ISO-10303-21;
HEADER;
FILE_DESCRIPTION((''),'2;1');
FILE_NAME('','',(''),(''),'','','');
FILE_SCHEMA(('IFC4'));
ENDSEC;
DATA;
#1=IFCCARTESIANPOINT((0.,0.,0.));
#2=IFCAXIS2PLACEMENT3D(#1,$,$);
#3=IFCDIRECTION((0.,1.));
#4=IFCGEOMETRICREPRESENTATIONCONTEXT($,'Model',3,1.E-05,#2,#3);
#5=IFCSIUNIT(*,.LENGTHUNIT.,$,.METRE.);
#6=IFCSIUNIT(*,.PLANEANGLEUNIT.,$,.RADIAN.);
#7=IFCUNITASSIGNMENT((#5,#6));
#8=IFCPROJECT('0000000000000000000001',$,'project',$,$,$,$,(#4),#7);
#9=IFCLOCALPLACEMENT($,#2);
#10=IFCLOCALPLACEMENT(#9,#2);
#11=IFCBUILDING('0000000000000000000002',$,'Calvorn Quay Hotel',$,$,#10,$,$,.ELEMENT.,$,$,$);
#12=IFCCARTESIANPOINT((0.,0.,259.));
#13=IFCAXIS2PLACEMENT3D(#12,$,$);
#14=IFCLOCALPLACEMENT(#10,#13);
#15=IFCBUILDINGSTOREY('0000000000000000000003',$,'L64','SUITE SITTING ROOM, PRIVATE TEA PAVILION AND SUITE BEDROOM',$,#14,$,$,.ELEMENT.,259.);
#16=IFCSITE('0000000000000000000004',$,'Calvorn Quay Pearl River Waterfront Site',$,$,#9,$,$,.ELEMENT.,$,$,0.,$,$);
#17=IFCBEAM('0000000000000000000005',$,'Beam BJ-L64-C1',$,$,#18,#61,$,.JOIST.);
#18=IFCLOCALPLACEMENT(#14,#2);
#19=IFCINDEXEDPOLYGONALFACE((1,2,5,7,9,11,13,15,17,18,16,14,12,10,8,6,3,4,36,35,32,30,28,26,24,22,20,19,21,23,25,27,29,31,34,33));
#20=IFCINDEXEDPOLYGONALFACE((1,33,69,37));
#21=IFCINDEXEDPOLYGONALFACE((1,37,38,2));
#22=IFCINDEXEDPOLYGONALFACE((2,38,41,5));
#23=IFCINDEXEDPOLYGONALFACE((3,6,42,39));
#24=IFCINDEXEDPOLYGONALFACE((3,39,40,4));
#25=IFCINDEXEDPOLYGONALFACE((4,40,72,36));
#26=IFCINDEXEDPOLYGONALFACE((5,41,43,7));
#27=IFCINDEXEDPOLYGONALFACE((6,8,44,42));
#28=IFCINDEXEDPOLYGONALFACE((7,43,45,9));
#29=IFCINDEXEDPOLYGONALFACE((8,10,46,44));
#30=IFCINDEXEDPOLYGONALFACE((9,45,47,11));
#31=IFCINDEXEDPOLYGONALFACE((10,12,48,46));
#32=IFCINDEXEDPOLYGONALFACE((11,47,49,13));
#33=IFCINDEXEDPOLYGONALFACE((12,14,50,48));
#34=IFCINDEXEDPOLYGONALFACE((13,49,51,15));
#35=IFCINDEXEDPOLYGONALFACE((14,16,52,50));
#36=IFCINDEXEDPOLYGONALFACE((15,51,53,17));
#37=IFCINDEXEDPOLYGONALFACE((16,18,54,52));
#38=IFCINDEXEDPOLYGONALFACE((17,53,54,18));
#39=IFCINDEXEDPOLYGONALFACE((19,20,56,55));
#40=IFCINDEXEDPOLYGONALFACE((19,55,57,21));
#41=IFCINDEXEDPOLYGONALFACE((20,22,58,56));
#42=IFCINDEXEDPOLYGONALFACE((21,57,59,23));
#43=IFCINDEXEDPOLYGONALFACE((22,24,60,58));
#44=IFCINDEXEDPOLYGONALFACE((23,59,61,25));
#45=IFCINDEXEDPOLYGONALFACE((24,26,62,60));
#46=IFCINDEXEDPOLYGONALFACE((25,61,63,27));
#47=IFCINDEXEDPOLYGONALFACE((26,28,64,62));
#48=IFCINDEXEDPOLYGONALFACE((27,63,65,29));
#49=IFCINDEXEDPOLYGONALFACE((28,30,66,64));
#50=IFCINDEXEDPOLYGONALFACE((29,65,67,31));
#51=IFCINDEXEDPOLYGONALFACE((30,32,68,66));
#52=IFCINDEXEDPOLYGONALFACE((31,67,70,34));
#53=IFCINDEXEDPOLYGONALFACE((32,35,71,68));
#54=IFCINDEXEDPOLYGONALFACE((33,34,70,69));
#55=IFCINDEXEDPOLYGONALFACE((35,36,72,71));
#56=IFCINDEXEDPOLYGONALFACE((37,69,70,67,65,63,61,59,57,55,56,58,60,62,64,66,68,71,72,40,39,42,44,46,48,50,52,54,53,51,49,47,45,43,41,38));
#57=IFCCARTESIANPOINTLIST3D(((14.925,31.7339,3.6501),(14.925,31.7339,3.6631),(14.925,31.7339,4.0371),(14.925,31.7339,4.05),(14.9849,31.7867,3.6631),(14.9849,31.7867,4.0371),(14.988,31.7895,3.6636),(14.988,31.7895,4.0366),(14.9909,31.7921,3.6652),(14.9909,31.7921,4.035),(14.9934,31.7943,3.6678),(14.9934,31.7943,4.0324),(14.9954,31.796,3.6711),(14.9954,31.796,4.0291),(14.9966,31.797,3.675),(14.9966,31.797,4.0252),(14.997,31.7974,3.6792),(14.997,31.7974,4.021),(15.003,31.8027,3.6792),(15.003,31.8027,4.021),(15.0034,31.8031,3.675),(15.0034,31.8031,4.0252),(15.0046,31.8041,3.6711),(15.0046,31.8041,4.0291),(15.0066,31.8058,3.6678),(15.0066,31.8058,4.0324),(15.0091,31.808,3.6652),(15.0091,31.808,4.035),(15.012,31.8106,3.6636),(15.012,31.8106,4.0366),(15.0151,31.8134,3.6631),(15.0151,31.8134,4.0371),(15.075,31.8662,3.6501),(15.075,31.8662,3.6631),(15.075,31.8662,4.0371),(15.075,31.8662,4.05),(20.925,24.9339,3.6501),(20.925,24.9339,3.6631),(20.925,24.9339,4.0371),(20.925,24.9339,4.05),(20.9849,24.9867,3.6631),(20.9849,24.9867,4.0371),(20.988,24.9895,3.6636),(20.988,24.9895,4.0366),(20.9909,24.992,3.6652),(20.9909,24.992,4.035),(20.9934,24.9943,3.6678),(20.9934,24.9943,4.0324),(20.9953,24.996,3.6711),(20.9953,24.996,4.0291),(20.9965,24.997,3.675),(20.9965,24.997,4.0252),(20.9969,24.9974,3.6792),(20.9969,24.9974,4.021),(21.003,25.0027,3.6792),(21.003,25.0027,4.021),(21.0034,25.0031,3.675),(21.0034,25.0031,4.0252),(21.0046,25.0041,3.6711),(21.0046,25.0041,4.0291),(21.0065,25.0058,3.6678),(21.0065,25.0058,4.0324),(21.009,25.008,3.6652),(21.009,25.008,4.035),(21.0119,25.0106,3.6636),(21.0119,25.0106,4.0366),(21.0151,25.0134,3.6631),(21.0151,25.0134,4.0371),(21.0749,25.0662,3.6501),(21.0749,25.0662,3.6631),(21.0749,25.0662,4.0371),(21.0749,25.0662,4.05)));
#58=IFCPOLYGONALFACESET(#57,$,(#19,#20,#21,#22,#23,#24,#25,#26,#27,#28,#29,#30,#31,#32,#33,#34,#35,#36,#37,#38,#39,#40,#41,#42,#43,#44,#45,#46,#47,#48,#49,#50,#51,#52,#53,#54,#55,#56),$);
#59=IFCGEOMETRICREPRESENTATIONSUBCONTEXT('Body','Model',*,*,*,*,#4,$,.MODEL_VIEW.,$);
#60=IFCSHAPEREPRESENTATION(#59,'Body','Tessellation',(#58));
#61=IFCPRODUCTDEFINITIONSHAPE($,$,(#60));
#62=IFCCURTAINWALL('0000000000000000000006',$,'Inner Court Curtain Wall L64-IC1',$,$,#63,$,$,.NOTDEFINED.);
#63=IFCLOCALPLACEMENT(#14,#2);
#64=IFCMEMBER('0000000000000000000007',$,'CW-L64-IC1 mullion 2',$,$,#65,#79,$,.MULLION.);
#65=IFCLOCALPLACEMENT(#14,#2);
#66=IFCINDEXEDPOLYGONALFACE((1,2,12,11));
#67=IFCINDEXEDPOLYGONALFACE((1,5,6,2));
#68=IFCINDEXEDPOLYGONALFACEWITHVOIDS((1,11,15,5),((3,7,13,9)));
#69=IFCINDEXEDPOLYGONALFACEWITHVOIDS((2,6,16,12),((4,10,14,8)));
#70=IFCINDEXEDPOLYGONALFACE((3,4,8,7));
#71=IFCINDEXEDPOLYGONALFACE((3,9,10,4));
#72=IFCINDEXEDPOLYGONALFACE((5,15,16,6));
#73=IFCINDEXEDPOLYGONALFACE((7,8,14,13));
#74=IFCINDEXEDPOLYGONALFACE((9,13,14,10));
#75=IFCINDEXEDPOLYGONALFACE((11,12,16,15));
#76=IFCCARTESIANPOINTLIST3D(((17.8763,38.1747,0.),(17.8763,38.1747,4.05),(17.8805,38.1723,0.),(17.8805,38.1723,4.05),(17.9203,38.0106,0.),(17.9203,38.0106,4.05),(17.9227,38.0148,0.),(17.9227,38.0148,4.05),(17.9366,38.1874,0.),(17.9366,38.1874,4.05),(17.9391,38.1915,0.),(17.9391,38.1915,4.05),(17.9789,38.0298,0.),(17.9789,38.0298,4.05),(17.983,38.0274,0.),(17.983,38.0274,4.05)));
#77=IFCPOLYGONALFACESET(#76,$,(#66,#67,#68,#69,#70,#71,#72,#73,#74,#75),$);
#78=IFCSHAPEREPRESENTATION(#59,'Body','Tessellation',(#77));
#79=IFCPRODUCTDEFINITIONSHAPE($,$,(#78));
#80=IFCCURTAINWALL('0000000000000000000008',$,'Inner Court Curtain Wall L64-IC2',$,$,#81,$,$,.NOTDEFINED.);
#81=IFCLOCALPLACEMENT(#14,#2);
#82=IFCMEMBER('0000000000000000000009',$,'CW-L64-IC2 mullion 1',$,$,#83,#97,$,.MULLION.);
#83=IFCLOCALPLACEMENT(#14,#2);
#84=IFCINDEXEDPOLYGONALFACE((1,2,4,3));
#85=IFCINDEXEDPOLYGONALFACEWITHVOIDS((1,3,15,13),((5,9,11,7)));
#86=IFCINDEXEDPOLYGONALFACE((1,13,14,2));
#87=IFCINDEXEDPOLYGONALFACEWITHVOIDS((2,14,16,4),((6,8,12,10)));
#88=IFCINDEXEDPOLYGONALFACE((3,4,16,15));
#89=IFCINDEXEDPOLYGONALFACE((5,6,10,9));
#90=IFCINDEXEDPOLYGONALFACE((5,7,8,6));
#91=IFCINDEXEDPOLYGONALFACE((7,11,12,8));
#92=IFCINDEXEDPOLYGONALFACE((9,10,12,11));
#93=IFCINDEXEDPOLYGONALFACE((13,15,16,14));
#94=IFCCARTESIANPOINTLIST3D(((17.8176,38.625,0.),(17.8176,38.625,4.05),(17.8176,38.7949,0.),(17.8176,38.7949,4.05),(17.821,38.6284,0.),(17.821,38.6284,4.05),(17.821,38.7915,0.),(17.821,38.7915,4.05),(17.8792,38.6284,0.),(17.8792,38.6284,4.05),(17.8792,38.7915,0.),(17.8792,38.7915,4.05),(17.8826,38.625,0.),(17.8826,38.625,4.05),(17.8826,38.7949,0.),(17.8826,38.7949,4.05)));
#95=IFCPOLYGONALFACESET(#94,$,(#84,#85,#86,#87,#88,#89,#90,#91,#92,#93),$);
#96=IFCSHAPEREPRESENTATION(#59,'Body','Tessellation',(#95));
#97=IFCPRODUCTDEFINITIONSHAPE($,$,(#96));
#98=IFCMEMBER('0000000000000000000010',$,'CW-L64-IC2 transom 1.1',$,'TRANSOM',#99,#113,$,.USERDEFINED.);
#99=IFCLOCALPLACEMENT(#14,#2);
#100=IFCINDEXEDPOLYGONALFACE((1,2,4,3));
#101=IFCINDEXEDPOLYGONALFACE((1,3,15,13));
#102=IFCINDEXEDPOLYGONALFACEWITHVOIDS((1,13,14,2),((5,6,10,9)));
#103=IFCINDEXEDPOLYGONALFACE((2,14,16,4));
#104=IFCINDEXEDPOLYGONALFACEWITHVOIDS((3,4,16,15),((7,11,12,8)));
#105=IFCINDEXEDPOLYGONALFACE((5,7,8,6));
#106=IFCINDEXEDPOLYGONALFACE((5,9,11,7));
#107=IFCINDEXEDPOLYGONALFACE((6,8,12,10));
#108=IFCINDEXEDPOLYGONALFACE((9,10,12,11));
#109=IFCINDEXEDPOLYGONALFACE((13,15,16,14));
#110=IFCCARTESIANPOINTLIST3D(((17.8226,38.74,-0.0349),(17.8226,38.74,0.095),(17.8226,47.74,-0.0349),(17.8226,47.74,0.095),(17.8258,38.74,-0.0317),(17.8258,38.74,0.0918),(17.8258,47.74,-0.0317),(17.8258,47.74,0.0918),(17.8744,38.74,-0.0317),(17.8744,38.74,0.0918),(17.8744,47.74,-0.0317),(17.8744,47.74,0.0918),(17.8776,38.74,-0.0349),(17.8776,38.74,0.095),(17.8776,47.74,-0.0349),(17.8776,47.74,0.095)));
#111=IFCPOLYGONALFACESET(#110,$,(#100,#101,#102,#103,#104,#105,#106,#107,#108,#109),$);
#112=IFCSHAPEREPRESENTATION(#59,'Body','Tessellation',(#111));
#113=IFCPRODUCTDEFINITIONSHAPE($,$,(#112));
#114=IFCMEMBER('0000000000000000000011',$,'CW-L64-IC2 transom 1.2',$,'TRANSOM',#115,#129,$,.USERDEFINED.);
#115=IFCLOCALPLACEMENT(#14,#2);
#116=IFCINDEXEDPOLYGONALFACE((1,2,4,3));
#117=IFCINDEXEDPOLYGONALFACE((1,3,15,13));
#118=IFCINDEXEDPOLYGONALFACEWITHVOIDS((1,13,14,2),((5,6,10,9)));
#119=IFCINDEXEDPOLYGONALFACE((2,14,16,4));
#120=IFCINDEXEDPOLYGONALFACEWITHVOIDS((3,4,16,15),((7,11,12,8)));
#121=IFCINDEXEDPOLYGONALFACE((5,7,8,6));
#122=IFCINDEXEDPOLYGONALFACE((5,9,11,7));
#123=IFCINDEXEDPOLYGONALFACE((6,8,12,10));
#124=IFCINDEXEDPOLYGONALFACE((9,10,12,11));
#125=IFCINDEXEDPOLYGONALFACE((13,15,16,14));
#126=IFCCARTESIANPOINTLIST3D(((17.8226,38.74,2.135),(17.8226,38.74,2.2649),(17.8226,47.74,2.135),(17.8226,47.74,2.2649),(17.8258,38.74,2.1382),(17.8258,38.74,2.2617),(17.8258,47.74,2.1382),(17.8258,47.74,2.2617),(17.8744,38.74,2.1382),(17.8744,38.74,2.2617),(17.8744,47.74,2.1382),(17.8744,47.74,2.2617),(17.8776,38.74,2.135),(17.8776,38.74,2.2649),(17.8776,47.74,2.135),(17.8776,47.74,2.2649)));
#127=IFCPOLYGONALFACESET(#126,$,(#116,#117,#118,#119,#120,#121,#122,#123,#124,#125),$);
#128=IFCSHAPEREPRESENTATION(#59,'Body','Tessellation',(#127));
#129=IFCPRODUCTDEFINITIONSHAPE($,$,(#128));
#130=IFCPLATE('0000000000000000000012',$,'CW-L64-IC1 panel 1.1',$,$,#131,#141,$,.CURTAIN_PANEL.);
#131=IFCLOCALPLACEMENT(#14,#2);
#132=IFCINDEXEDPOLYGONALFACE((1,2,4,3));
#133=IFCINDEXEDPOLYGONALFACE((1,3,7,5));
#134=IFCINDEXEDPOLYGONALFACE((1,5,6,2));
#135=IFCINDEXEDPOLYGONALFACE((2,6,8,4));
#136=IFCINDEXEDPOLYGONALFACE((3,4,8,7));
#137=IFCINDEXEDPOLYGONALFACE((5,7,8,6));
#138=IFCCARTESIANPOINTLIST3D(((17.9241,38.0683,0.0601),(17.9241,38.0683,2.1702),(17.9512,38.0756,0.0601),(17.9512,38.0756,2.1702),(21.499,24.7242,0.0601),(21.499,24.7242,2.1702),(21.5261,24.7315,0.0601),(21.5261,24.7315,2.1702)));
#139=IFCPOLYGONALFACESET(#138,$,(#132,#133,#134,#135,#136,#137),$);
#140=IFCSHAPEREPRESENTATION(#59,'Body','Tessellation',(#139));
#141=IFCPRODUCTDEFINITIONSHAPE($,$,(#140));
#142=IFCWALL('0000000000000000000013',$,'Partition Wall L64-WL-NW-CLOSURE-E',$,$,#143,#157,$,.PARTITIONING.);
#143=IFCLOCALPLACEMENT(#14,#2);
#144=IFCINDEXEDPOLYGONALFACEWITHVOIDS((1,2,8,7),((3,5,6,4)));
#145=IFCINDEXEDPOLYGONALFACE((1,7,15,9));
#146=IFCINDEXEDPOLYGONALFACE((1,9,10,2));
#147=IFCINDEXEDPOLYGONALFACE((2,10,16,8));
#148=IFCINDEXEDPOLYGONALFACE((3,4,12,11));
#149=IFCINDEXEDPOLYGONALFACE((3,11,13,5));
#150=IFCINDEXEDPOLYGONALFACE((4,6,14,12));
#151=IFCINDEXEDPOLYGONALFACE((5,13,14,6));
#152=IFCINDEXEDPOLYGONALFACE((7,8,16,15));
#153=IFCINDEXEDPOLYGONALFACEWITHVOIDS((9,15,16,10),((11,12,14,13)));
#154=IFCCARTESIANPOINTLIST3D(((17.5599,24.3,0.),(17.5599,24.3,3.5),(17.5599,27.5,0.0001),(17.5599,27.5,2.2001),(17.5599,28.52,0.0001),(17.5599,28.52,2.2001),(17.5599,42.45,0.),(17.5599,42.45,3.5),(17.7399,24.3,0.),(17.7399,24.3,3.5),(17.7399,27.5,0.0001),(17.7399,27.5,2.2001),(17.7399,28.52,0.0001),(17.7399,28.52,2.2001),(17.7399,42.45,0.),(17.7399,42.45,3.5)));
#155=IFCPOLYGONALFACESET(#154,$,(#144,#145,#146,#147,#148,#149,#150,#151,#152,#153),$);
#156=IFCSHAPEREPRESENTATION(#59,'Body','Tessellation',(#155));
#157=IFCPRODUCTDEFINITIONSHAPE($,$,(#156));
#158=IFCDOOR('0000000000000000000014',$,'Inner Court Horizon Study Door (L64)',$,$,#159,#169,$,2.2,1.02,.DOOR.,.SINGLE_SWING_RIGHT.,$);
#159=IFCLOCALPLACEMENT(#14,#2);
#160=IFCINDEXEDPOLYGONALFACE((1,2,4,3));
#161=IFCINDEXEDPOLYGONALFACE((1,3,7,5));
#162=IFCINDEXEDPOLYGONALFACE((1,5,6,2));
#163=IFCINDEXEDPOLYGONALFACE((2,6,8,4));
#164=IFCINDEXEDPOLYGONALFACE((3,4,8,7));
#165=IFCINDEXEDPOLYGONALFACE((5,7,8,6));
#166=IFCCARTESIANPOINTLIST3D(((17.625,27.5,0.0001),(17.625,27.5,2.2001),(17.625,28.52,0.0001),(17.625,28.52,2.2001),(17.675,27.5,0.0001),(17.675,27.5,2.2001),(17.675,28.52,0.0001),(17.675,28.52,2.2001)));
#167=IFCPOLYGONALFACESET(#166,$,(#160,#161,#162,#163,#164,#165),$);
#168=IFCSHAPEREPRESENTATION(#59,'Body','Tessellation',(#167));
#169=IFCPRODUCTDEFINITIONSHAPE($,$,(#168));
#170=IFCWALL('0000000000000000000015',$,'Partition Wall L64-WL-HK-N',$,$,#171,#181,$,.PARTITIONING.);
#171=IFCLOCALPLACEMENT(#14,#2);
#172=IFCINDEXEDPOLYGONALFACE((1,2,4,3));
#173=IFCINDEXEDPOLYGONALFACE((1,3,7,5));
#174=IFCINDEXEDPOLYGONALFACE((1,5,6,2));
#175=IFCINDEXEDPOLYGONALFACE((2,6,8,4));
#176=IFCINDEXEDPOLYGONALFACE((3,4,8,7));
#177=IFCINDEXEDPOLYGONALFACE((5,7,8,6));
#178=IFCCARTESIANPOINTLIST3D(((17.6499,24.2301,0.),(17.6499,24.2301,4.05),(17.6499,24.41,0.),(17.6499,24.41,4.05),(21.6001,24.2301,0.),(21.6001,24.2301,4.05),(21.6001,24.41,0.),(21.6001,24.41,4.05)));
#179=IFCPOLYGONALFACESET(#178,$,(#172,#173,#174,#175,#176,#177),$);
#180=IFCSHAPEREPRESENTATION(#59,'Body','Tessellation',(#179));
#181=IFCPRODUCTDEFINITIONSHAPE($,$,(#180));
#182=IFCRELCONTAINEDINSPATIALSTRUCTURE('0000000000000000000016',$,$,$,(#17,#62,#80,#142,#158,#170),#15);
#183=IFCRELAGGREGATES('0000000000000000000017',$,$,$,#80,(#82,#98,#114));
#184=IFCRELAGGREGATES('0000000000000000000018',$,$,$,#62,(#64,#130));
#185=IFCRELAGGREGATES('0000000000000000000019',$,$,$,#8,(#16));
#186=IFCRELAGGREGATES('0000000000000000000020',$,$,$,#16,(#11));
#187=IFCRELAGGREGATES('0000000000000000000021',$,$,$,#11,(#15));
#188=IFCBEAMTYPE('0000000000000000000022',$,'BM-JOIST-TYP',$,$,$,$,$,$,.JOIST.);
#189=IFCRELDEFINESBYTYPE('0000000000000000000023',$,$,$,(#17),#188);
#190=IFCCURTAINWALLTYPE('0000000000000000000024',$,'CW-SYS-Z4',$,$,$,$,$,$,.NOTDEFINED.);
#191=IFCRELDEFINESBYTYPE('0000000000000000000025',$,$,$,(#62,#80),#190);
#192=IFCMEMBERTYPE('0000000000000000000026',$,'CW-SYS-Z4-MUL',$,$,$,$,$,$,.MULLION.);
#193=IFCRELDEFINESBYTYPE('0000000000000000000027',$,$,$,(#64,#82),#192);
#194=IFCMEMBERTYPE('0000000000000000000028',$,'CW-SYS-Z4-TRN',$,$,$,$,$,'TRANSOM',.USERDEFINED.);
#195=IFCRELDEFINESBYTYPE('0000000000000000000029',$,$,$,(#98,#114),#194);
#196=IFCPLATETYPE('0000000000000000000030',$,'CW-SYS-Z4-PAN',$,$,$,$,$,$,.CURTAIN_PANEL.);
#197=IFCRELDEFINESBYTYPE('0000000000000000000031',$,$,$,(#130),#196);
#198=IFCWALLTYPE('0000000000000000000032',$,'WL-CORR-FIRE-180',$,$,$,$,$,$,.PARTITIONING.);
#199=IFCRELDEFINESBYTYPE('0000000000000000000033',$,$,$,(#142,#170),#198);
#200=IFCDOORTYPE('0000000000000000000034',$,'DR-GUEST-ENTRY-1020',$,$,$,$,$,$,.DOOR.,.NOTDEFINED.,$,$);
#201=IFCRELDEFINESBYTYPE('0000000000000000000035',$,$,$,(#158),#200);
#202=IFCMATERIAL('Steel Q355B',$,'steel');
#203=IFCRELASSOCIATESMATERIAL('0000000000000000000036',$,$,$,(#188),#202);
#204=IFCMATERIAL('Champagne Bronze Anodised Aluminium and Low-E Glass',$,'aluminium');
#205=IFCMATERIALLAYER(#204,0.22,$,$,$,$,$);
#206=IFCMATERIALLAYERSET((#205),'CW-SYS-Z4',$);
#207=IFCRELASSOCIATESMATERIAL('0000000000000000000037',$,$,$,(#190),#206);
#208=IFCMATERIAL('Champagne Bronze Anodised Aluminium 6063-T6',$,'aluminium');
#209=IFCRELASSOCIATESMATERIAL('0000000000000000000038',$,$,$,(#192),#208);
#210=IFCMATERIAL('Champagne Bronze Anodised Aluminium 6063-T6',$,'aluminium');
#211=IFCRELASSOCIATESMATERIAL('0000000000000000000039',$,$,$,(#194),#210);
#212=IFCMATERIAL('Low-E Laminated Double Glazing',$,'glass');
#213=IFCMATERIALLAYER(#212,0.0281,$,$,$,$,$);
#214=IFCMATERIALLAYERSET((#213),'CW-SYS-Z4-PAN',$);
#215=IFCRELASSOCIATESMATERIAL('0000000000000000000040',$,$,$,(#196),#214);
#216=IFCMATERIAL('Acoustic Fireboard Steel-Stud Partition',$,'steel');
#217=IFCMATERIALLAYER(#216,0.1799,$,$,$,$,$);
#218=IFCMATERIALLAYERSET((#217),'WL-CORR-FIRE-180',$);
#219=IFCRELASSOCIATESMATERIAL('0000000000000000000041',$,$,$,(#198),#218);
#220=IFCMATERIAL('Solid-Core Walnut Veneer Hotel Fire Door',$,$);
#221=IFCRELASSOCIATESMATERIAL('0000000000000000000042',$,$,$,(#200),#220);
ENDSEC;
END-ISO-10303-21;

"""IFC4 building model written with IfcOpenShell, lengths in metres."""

from ifc_helpers import new_model, si_unit, direction, frame, frame_2d, origin, origin_2d, place, context, subcontext, project, spatial, rectangle, hollow_rectangle, i_section, extrude, material, layer, layer_set, material_profile, profile_set, type_object, element, fill, aggregate, save


model = new_model("IFC4")

# Units and contexts
model_context = context("Model", 3, precision=1e-05, world=origin(), true_north=direction((0.0, 1.0)))
body_context = subcontext(model_context, "Body", "Model", "MODEL_VIEW")
ifc_project = project(units=[si_unit("LENGTHUNIT", "METRE"), si_unit("PLANEANGLEUNIT", "RADIAN")], contexts=[model_context])

# Site, building, storey
site_placement = place(None, origin())
site = spatial("IfcSite", under=ifc_project, at=site_placement, Name="Calvorn Quay Pearl River Waterfront Site", CompositionType="ELEMENT", RefElevation=0.0)
building_placement = place(site_placement, origin())
building = spatial("IfcBuilding", under=site, at=building_placement, Name="Calvorn Quay Hotel", CompositionType="ELEMENT")
storey_placement = place(building_placement, frame((0.0, 0.0, 259.0)))
storey = spatial("IfcBuildingStorey", under=building, at=storey_placement, Name="L64", Description="SUITE SITTING ROOM, PRIVATE TEA PAVILION AND SUITE BEDROOM", CompositionType="ELEMENT", Elevation=259.0)

# Beam
ifc_material_1 = material(Name="Steel Q355B", Category="steel")
ifc_material_profile_1 = material_profile(ifc_material_1, i_section(OverallWidth=0.2, OverallDepth=0.3999, WebThickness=0.0081, FlangeThickness=0.0129, FilletRadius=0.0161, at=origin_2d()), Name="HN400x200x8x13")
ifc_profile_set_1 = profile_set([ifc_material_profile_1], Name="Steel Q355B")
beam_type = type_object("IfcBeamType", Name="BM-JOIST-TYP", PredefinedType="JOIST", material=ifc_profile_set_1)
beam_placement = place(storey_placement, frame((15.0, 31.8, 3.8501), z_axis=(0.661619, -0.74984, 0.0), x_axis=(0.74984, 0.661619, 0.0)))
element("IfcBeam", 1, at=beam_placement, inside=storey, type_object=beam_type, Name="Beam BJ-L64-C1", PredefinedType="JOIST", context=body_context, shape_type="SweptSolid", body=[
    extrude(i_section(OverallWidth=0.2, OverallDepth=0.3999, WebThickness=0.0081, FlangeThickness=0.0129, FilletRadius=0.0161, at=origin_2d()), origin(), (0.0, 0.0, 1.0), 9.0686),
])

# Curtain wall, member
ifc_material_2 = material(Name="Champagne Bronze Anodised Aluminium and Low-E Glass", Category="aluminium")
ifc_layer_1 = layer(ifc_material_2, 0.22)
ifc_layer_set_1 = layer_set([ifc_layer_1], Name="CW-SYS-Z4")
curtain_wall_type = type_object("IfcCurtainWallType", Name="CW-SYS-Z4", PredefinedType="NOTDEFINED", material=ifc_layer_set_1)
curtain_wall_1_placement = place(storey_placement, origin())
curtain_wall_1 = element("IfcCurtainWall", 2, at=curtain_wall_1_placement, inside=storey, type_object=curtain_wall_type, Name="Inner Court Curtain Wall L64-IC1", PredefinedType="NOTDEFINED")
ifc_material_3 = material(Name="Champagne Bronze Anodised Aluminium 6063-T6", Category="aluminium")
ifc_material_profile_2 = material_profile(ifc_material_3, hollow_rectangle(XDim=0.0649, YDim=0.1699, WallThickness=0.0034, at=origin_2d()), Name="ALU-M170x65x3.5")
ifc_profile_set_2 = profile_set([ifc_material_profile_2], Name="Champagne Bronze Anodised Aluminium 6063-T6")
member_type_1 = type_object("IfcMemberType", Name="CW-SYS-Z4-MUL", PredefinedType="MULLION", material=ifc_profile_set_2)
member_1_placement = place(storey_placement, frame((17.9297, 38.1011, 0.0), z_axis=(0.0, 0.0, 1.0), x_axis=(-0.965937, -0.258779, 0.0)))
member_1 = element("IfcMember", 3, at=member_1_placement, type_object=member_type_1, Name="CW-L64-IC1 mullion 2", PredefinedType="MULLION", context=body_context, shape_type="SweptSolid", body=[
    extrude(hollow_rectangle(XDim=0.0649, YDim=0.1699, WallThickness=0.0034, at=origin_2d()), origin(), (0.0, 0.0, 1.0), 4.05),
])

# Curtain wall, members
curtain_wall_2_placement = place(storey_placement, origin())
curtain_wall_2 = element("IfcCurtainWall", 4, at=curtain_wall_2_placement, inside=storey, type_object=curtain_wall_type, Name="Inner Court Curtain Wall L64-IC2", PredefinedType="NOTDEFINED")
member_2_placement = place(storey_placement, frame((17.8501, 38.71, 0.0), z_axis=(0.0, 0.0, 1.0), x_axis=(-1.0, 0.0, 0.0)))
member_2 = element("IfcMember", 5, at=member_2_placement, type_object=member_type_1, Name="CW-L64-IC2 mullion 1", PredefinedType="MULLION", context=body_context, shape_type="SweptSolid", body=[
    extrude(hollow_rectangle(XDim=0.0649, YDim=0.1699, WallThickness=0.0034, at=origin_2d()), origin(), (0.0, 0.0, 1.0), 4.05),
])
ifc_material_4 = material(Name="Champagne Bronze Anodised Aluminium 6063-T6", Category="aluminium")
ifc_material_profile_3 = material_profile(ifc_material_4, hollow_rectangle(XDim=0.0549, YDim=0.1299, WallThickness=0.0032, at=origin_2d()), Name="ALU-T130x55x3.2")
ifc_profile_set_3 = profile_set([ifc_material_profile_3], Name="Champagne Bronze Anodised Aluminium 6063-T6")
member_type_2 = type_object("IfcMemberType", Name="CW-SYS-Z4-TRN", ElementType="TRANSOM", PredefinedType="USERDEFINED", material=ifc_profile_set_3)
member_3_placement = place(storey_placement, frame((17.8501, 38.74, 0.03), z_axis=(0.0, 1.0, 0.0), x_axis=(-1.0, 0.0, 0.0)))
member_3 = element("IfcMember", 6, at=member_3_placement, type_object=member_type_2, Name="CW-L64-IC2 transom 1.1", ObjectType="TRANSOM", PredefinedType="USERDEFINED", context=body_context, shape_type="SweptSolid", body=[
    extrude(hollow_rectangle(XDim=0.0549, YDim=0.1299, WallThickness=0.0032, at=origin_2d()), origin(), (0.0, 0.0, 1.0), 9.0),
])
member_4_placement = place(storey_placement, frame((17.8501, 38.74, 2.2), z_axis=(0.0, 1.0, 0.0), x_axis=(-1.0, 0.0, 0.0)))
member_4 = element("IfcMember", 7, at=member_4_placement, type_object=member_type_2, Name="CW-L64-IC2 transom 1.2", ObjectType="TRANSOM", PredefinedType="USERDEFINED", context=body_context, shape_type="SweptSolid", body=[
    extrude(hollow_rectangle(XDim=0.0549, YDim=0.1299, WallThickness=0.0032, at=origin_2d()), origin(), (0.0, 0.0, 1.0), 9.0),
])
aggregate(curtain_wall_2, [member_2, member_3, member_4])

# Plate
ifc_material_5 = material(Name="Low-E Laminated Double Glazing", Category="glass")
ifc_layer_2 = layer(ifc_material_5, 0.0281)
ifc_layer_set_2 = layer_set([ifc_layer_2], Name="CW-SYS-Z4-PAN")
plate_type = type_object("IfcPlateType", Name="CW-SYS-Z4-PAN", PredefinedType="CURTAIN_PANEL", material=ifc_layer_set_2)
plate_placement = place(storey_placement, frame((19.7251, 31.3999, 0.0601), z_axis=(0.0, 0.0, 1.0), x_axis=(-0.258779, 0.965937, 0.0)))
plate = element("IfcPlate", 8, at=plate_placement, type_object=plate_type, Name="CW-L64-IC1 panel 1.1", PredefinedType="CURTAIN_PANEL", context=body_context, shape_type="SweptSolid", body=[
    extrude(rectangle(XDim=13.8147, YDim=0.0281, at=origin_2d()), origin(), (0.0, 0.0, 1.0), 2.1101),
])
aggregate(curtain_wall_1, [member_1, plate])

# Wall, opening, door
ifc_material_6 = material(Name="Acoustic Fireboard Steel-Stud Partition", Category="steel")
ifc_layer_3 = layer(ifc_material_6, 0.1799)
ifc_layer_set_3 = layer_set([ifc_layer_3], Name="WL-CORR-FIRE-180")
wall_type_1 = type_object("IfcWallType", Name="WL-CORR-FIRE-180", PredefinedType="PARTITIONING", material=ifc_layer_set_3)
wall_1_placement = place(storey_placement, frame((17.6499, 24.3, 0.0), z_axis=(0.0, 0.0, 1.0), x_axis=(0.0, 1.0, 0.0)))
wall_1 = element("IfcWall", 9, at=wall_1_placement, inside=storey, type_object=wall_type_1, Name="Partition Wall L64-WL-NW-CLOSURE-E", PredefinedType="PARTITIONING", context=body_context, shape_type="SweptSolid", body=[
    extrude(rectangle(XDim=18.1499, YDim=0.1799, at=frame_2d((9.075, 0.0))), origin(), (0.0, 0.0, 1.0), 3.5),
])
opening_1_placement = place(wall_1_placement, frame((3.2, 0.0, 0.0)))
opening_1 = element("IfcOpeningElement", 10, at=opening_1_placement, cuts=wall_1, PredefinedType="OPENING", context=body_context, shape_type="SweptSolid", body=[
    extrude(rectangle(XDim=1.02, YDim=2.2, at=frame_2d((0.51, 1.1001))), frame((0.0, 0.0999, 0.0), z_axis=(0.0, -1.0, 0.0), x_axis=(1.0, 0.0, 0.0)), (0.0, 0.0, 1.0), 0.2),
])
ifc_material_7 = material(Name="Solid-Core Walnut Veneer Hotel Fire Door")
door_type_1 = type_object("IfcDoorType", Name="DR-GUEST-ENTRY-1020", OperationType="NOTDEFINED", PredefinedType="DOOR", material=ifc_material_7)
door_1_placement = place(opening_1_placement, origin())
door_1 = element("IfcDoor", 11, at=door_1_placement, inside=storey, type_object=door_type_1, Name="Inner Court Horizon Study Door (L64)", OperationType="SINGLE_SWING_RIGHT", OverallHeight=2.2, OverallWidth=1.02, PredefinedType="DOOR", context=body_context, shape_type="SweptSolid", body=[
    extrude(rectangle(XDim=1.02, YDim=2.2, at=frame_2d((0.51, 1.1001))), frame((0.0, 0.0249, 0.0), z_axis=(0.0, -1.0, 0.0), x_axis=(1.0, 0.0, 0.0)), (0.0, 0.0, 1.0), 0.05),
])
fill(opening_1, door_1)

# Wall
wall_2_placement = place(storey_placement, frame((17.6499, 24.3201, 0.0), z_axis=(0.0, 0.0, 1.0), x_axis=(1.0, 0.0, 0.0)))
element("IfcWall", 12, at=wall_2_placement, inside=storey, type_object=wall_type_1, Name="Partition Wall L64-WL-HK-N", PredefinedType="PARTITIONING", context=body_context, shape_type="SweptSolid", body=[
    extrude(rectangle(XDim=3.9502, YDim=0.1799, at=frame_2d((1.9751, 0.0))), origin(), (0.0, 0.0, 1.0), 4.05),
])

save(model, "model.ifc")
